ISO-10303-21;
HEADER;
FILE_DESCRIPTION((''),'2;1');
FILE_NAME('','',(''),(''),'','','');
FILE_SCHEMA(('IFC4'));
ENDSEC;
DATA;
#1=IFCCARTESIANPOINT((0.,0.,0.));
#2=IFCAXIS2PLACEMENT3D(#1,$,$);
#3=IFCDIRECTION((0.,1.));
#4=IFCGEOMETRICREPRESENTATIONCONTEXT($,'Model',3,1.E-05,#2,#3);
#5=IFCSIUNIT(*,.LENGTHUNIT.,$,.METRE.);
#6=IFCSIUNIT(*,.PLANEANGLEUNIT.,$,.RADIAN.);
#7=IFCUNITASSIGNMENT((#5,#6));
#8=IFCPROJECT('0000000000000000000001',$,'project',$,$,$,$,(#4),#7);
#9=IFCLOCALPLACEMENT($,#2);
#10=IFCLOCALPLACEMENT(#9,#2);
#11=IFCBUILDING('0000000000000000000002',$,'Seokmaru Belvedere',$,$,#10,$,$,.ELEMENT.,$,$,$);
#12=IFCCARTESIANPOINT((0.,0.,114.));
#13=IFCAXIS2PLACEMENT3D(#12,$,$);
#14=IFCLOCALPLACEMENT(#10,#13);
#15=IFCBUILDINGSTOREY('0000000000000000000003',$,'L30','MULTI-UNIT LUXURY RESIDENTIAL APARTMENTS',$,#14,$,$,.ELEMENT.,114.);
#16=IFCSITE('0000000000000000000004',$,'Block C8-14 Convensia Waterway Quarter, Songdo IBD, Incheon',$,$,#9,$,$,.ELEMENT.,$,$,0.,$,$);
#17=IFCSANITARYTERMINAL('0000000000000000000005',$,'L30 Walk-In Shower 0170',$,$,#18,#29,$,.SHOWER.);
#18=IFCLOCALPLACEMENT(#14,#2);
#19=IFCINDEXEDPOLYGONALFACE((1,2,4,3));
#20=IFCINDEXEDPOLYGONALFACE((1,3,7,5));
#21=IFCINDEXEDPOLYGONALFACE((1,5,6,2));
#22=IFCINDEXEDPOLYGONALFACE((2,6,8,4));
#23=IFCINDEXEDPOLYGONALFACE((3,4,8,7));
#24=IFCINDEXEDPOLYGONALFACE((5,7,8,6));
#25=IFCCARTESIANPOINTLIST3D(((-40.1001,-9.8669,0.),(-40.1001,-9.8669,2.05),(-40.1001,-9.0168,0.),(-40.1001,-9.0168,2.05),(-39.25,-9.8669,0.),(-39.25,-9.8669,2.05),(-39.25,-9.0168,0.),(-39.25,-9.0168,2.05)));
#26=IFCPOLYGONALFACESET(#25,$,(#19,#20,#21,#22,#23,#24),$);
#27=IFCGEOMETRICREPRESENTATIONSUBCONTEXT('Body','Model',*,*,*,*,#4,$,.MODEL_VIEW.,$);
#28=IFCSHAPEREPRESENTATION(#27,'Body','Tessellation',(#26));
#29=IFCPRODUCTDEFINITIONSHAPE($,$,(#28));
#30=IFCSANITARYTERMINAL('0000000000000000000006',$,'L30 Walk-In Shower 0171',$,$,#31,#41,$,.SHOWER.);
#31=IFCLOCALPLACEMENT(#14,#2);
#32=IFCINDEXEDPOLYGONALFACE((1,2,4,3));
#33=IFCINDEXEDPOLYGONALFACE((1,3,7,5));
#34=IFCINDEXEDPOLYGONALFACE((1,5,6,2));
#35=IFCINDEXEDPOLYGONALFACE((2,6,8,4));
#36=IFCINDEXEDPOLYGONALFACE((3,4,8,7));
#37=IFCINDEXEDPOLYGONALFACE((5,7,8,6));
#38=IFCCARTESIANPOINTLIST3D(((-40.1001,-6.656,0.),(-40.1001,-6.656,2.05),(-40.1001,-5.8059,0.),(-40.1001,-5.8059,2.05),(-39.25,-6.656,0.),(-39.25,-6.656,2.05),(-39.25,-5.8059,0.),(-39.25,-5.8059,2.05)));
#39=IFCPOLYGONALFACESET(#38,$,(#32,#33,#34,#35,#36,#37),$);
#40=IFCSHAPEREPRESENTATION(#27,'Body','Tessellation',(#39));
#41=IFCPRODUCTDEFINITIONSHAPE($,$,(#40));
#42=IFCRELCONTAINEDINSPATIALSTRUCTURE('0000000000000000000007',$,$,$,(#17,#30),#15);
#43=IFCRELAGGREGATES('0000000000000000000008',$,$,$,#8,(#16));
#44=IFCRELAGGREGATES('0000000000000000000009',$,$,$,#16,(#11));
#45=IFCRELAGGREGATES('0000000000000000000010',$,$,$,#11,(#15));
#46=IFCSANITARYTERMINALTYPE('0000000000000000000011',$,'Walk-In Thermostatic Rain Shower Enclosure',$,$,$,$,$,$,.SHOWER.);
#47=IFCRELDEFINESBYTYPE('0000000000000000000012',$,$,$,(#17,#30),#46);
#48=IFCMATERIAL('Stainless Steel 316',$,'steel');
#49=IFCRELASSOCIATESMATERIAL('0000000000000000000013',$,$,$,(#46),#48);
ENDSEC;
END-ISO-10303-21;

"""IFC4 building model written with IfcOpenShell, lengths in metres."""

from ifc_helpers import new_model, si_unit, direction, frame, origin, origin_2d, place, context, subcontext, project, spatial, rectangle, extrude, source, transform, mapped, material, type_object, type_shapes, element, save


model = new_model("IFC4")

# Units and contexts
model_context = context("Model", 3, precision=1e-05, world=origin(), true_north=direction((0.0, 1.0)))
body_context = subcontext(model_context, "Body", "Model", "MODEL_VIEW")
ifc_project = project(units=[si_unit("LENGTHUNIT", "METRE"), si_unit("PLANEANGLEUNIT", "RADIAN")], contexts=[model_context])

# Site, building, storey
site_placement = place(None, origin())
site = spatial("IfcSite", under=ifc_project, at=site_placement, Name="Block C8-14 Convensia Waterway Quarter, Songdo IBD, Incheon", CompositionType="ELEMENT", RefElevation=0.0)
building_placement = place(site_placement, origin())
building = spatial("IfcBuilding", under=site, at=building_placement, Name="Seokmaru Belvedere", CompositionType="ELEMENT")
storey_placement = place(building_placement, frame((0.0, 0.0, 114.0)))
storey = spatial("IfcBuildingStorey", under=building, at=storey_placement, Name="L30", Description="MULTI-UNIT LUXURY RESIDENTIAL APARTMENTS", CompositionType="ELEMENT", Elevation=114.0)

# Sanitary terminals
ifc_material_1 = material(Name="Stainless Steel 316", Category="steel")
sanitary_terminal_type_1 = type_object("IfcSanitaryTerminalType", Name="Walk-In Thermostatic Rain Shower Enclosure", PredefinedType="SHOWER", material=ifc_material_1)
shared_shape_1 = source(origin(), body_context, "Body", "SweptSolid", [
    extrude(rectangle(XDim=0.8501, YDim=0.8501, at=origin_2d()), origin(), (0.0, 0.0, 1.0), 2.05),
])
type_shapes(sanitary_terminal_type_1, [shared_shape_1])
for number, where, z_axis, x_axis, name in (
    (1, (-39.675, -9.4419, 0.0), (0.0, 0.0, 1.0), (1.0, 0.0, 0.0), "L30 Walk-In Shower 0170"),
    (2, (-39.675, -6.231, 0.0), (0.0, 0.0, 1.0), (1.0, 0.0, 0.0), "L30 Walk-In Shower 0171"),
):
    element("IfcSanitaryTerminal", number, at=place(storey_placement, frame(where, z_axis=z_axis, x_axis=x_axis)), inside=storey, type_object=sanitary_terminal_type_1, Name=name, PredefinedType="SHOWER", context=body_context, shape_type="MappedRepresentation", body=[
        mapped(shared_shape_1, transform((0.0, 0.0, 0.0), scale=1.0)),
    ])

save(model, "model.ifc")
